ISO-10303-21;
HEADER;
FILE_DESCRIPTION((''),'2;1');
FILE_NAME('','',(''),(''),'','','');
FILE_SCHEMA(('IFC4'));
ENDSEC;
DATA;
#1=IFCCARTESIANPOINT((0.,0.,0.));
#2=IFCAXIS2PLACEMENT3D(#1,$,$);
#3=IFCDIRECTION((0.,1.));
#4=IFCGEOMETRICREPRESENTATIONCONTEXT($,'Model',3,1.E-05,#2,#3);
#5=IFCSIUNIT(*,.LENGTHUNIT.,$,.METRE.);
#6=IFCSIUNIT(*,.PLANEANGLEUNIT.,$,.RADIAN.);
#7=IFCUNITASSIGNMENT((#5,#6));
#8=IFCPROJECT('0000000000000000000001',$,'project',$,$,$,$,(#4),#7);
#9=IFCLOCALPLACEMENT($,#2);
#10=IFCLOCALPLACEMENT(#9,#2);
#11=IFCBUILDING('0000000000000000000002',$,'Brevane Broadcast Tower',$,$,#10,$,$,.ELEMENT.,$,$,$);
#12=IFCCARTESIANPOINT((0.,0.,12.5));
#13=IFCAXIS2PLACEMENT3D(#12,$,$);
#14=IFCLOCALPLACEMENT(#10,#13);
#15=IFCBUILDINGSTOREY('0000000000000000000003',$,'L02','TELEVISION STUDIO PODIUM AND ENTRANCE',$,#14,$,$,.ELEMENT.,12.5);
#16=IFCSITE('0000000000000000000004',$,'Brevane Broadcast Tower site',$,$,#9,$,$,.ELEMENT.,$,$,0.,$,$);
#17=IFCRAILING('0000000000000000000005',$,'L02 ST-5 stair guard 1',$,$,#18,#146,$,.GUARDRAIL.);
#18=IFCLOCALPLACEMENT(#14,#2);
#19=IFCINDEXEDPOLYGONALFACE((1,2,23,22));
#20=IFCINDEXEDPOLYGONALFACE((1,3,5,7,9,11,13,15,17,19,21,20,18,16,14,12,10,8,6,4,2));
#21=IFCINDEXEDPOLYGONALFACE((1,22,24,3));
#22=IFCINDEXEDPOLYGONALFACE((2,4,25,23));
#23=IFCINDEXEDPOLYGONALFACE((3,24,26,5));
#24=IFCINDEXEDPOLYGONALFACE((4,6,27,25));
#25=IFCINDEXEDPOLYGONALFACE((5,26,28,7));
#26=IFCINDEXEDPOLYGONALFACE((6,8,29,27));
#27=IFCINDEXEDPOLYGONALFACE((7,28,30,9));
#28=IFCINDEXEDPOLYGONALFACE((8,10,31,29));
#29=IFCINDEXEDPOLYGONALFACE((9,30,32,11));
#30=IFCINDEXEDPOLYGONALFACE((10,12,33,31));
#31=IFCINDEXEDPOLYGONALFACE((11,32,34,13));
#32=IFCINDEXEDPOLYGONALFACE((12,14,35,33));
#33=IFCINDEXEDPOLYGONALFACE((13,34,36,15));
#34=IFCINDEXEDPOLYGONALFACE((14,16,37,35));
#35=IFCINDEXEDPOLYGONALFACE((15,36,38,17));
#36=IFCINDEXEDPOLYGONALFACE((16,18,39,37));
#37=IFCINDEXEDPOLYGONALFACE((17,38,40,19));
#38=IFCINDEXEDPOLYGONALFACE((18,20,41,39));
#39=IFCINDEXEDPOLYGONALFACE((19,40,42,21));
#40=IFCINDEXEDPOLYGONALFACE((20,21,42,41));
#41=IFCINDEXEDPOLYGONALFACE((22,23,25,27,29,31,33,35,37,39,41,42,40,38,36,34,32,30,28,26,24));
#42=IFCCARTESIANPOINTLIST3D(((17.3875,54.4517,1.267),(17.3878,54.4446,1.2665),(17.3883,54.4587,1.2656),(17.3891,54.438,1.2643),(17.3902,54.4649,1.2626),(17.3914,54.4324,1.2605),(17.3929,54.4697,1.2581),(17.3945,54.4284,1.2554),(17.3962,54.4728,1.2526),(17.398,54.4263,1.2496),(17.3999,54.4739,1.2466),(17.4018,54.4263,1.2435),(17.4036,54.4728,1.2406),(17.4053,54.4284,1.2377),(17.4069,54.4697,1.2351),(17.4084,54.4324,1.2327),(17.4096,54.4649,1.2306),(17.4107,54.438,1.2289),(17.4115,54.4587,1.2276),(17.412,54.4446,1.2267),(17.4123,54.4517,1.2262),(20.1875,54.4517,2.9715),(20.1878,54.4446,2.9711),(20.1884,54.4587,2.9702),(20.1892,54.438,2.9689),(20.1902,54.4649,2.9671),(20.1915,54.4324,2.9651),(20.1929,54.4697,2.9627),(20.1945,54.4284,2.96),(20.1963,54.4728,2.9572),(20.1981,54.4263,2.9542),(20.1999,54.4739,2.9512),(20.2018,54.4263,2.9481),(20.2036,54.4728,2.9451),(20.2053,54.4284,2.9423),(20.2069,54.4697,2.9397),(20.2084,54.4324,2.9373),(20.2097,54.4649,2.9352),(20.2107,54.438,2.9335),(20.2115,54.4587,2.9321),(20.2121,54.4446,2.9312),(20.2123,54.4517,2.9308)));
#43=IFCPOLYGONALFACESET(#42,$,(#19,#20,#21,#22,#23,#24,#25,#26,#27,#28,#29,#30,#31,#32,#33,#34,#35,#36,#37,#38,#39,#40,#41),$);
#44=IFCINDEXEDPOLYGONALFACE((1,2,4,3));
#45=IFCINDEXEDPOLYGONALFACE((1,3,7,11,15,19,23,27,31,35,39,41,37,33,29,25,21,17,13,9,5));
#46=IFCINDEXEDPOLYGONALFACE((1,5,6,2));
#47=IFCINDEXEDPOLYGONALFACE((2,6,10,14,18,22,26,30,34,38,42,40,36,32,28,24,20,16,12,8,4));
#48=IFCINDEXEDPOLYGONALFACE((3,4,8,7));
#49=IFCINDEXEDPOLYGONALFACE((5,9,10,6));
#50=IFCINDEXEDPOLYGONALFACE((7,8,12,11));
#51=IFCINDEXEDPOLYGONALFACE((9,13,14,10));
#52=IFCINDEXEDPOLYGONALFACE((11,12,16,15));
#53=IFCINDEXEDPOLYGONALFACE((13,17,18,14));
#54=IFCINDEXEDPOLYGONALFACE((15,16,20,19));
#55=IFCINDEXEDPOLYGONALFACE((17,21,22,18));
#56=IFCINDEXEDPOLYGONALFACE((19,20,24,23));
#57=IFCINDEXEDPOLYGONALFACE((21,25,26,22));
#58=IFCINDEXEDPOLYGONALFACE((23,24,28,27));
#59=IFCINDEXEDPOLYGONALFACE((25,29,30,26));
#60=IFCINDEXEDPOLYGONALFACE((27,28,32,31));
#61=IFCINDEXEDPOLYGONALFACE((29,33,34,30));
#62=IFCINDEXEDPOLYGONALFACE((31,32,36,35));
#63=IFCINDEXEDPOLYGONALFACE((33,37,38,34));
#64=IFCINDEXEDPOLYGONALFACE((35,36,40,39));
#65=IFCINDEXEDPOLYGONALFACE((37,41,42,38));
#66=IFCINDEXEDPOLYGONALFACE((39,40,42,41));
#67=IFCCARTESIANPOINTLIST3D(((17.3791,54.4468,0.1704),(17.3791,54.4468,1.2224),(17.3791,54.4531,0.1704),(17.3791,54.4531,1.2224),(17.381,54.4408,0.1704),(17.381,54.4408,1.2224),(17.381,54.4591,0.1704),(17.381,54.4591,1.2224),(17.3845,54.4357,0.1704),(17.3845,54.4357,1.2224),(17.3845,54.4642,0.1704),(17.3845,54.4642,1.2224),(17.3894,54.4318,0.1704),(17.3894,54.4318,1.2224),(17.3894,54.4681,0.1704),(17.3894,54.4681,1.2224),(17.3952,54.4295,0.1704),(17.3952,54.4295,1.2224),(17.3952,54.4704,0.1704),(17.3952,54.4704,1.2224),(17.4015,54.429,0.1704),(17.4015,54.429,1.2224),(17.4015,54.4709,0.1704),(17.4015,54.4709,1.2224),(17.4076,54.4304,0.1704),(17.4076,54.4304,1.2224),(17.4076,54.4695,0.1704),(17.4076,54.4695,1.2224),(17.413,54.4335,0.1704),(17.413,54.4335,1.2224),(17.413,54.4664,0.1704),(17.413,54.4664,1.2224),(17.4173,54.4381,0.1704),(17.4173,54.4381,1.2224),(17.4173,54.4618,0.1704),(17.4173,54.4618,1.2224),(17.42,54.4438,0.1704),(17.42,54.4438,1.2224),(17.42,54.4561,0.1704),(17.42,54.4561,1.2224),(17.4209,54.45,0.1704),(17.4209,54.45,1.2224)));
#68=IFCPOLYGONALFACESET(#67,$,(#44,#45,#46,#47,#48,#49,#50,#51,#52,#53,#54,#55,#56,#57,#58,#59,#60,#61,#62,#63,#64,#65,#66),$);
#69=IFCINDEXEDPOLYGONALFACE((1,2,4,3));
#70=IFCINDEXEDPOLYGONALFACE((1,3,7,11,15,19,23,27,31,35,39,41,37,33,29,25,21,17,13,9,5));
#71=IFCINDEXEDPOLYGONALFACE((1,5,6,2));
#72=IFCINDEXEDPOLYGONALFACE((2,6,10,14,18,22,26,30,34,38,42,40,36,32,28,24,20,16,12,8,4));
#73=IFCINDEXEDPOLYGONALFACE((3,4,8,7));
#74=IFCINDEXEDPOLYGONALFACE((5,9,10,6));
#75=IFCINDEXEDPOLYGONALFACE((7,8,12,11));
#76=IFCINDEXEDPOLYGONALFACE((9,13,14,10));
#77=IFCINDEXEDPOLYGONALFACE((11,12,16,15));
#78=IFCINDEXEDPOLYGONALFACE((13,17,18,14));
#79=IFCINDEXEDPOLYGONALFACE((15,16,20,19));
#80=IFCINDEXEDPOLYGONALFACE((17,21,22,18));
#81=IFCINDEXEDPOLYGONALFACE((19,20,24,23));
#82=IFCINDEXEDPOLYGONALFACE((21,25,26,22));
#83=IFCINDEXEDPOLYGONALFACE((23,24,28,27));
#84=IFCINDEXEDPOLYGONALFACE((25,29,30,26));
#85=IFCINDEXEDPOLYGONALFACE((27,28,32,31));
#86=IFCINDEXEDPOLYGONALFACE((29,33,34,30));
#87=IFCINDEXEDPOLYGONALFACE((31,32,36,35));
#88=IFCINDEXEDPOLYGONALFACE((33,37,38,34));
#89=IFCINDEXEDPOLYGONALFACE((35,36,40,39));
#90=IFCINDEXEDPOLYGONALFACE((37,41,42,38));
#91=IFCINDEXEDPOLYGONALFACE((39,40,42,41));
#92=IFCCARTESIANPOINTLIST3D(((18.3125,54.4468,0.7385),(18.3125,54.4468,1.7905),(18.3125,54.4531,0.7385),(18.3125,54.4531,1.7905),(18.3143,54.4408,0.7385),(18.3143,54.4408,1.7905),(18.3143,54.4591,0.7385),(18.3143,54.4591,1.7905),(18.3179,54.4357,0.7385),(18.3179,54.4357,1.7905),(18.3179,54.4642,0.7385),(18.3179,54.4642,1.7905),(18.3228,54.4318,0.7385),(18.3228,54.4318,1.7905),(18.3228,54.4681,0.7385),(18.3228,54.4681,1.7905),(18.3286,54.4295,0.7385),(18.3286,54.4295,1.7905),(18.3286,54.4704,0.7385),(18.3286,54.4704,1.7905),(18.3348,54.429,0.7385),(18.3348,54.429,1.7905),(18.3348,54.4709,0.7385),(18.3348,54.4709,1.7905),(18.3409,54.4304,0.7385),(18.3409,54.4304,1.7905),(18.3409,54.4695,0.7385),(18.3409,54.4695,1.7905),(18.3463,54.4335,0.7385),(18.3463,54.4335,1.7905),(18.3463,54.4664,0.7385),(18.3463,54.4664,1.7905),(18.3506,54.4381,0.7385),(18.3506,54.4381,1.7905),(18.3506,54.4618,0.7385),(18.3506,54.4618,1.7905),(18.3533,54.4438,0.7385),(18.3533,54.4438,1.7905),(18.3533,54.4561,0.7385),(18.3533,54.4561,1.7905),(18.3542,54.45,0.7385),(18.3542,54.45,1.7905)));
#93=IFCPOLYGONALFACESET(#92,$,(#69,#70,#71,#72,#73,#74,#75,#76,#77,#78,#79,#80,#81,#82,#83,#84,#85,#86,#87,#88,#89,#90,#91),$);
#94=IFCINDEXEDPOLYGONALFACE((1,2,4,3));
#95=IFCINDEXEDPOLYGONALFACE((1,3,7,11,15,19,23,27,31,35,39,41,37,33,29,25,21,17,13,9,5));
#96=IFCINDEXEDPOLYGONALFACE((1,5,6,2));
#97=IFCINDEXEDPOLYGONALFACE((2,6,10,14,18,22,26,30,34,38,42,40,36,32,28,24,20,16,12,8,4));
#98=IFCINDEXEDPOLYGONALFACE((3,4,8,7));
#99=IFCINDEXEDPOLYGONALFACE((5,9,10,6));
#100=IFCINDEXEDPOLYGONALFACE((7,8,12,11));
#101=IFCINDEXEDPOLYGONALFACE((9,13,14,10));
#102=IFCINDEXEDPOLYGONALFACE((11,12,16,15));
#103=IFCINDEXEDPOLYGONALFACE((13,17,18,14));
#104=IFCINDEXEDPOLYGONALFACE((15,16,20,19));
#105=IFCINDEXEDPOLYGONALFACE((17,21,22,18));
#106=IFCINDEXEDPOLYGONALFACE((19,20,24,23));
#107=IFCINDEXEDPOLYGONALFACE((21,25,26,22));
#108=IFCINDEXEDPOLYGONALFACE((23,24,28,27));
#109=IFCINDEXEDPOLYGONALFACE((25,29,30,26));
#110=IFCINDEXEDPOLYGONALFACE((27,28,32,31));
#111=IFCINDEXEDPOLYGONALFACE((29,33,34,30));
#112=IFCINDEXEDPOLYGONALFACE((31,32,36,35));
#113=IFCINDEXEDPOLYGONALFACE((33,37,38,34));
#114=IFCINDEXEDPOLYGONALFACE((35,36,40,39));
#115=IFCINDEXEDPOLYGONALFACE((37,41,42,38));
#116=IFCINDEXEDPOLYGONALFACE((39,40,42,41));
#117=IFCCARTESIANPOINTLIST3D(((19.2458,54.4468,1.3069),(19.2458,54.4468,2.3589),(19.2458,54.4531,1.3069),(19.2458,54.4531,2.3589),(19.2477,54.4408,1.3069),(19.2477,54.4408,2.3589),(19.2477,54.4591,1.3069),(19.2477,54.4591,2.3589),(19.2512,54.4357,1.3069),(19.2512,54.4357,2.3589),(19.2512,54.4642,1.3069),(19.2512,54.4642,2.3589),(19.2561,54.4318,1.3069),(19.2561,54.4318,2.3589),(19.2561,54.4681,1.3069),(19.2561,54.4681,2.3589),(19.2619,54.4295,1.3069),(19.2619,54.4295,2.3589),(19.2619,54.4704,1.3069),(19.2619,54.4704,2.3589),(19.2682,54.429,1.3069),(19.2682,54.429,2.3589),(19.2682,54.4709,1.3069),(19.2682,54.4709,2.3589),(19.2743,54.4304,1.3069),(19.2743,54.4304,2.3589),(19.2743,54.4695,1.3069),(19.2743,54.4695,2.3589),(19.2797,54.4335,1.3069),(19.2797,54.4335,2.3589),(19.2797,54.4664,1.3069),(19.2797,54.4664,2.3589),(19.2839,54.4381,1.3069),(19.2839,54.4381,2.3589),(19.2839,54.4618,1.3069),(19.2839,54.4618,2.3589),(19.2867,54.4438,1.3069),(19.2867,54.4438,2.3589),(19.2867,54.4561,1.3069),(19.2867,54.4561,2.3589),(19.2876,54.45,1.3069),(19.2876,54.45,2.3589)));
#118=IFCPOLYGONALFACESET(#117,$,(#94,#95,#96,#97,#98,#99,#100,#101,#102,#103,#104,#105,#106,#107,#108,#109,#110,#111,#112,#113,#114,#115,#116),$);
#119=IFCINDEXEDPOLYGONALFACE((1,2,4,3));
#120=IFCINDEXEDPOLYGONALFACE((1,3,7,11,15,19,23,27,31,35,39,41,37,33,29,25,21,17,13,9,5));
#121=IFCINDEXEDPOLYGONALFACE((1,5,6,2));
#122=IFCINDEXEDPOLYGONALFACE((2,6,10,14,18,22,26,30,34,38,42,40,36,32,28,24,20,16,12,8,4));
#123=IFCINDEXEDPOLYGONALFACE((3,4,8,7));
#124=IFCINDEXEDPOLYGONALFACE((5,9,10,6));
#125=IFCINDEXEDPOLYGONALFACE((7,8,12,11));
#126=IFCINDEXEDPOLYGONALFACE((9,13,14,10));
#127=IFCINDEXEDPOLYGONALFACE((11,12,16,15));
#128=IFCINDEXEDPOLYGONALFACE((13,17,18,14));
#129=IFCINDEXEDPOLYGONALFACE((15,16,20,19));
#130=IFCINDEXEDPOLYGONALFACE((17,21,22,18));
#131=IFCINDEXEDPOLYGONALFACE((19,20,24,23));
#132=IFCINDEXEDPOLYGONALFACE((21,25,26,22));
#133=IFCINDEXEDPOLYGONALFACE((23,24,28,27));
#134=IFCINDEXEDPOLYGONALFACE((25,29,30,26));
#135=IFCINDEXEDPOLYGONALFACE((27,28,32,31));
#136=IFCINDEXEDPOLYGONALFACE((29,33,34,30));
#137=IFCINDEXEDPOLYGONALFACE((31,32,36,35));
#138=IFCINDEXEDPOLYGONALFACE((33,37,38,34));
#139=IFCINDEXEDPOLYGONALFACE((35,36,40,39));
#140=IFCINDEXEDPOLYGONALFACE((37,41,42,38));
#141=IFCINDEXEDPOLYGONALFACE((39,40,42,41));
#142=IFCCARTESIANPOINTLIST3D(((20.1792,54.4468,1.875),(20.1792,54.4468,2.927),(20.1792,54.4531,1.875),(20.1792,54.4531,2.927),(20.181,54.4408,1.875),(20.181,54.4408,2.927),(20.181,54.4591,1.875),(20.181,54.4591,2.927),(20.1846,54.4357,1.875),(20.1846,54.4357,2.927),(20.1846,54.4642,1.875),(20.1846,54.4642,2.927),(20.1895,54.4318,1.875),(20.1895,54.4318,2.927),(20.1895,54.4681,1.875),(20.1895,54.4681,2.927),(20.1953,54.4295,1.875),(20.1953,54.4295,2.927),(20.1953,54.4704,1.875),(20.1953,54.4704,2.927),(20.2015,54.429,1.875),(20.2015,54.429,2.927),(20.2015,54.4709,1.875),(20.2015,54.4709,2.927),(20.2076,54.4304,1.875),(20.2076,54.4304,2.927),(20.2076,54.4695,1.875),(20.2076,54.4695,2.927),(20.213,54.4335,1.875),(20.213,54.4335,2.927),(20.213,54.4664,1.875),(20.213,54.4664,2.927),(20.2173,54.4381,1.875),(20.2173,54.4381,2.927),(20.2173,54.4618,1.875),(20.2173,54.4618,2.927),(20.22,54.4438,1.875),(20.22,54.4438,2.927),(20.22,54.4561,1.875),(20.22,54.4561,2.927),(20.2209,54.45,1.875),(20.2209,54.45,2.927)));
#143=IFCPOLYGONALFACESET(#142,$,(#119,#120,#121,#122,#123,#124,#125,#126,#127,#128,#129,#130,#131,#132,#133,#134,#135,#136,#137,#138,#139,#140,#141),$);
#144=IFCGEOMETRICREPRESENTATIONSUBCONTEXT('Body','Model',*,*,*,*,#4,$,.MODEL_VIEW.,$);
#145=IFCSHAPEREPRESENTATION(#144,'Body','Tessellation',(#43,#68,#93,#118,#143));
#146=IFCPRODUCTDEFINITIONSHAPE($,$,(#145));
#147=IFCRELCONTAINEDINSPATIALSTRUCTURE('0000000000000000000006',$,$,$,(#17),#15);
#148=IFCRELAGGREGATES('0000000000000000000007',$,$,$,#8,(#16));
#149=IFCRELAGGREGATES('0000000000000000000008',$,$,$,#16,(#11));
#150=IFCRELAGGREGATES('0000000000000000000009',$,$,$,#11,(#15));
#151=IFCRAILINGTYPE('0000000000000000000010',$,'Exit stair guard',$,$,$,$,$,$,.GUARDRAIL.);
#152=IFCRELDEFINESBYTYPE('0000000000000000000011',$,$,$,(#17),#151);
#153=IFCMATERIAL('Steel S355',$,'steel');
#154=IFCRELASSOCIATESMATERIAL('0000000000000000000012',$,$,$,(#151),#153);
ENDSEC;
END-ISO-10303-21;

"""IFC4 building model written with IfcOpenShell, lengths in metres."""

from ifc_helpers import new_model, si_unit, direction, frame, origin, origin_2d, place, context, subcontext, project, spatial, circle, extrude, material, type_object, element, save


model = new_model("IFC4")

# Units and contexts
model_context = context("Model", 3, precision=1e-05, world=origin(), true_north=direction((0.0, 1.0)))
body_context = subcontext(model_context, "Body", "Model", "MODEL_VIEW")
ifc_project = project(units=[si_unit("LENGTHUNIT", "METRE"), si_unit("PLANEANGLEUNIT", "RADIAN")], contexts=[model_context])

# Site, building, storey
site_placement = place(None, origin())
site = spatial("IfcSite", under=ifc_project, at=site_placement, Name="Brevane Broadcast Tower site", CompositionType="ELEMENT", RefElevation=0.0)
building_placement = place(site_placement, origin())
building = spatial("IfcBuilding", under=site, at=building_placement, Name="Brevane Broadcast Tower", CompositionType="ELEMENT")
storey_placement = place(building_placement, frame((0.0, 0.0, 12.5)))
storey = spatial("IfcBuildingStorey", under=building, at=storey_placement, Name="L02", Description="TELEVISION STUDIO PODIUM AND ENTRANCE", CompositionType="ELEMENT", Elevation=12.5)

# Railing
ifc_material_1 = material(Name="Steel S355", Category="steel")
railing_type_1 = type_object("IfcRailingType", Name="Exit stair guard", PredefinedType="GUARDRAIL", material=ifc_material_1)
railing_1_placement = place(storey_placement, frame((17.3999, 54.45, 0.1704)))
element("IfcRailing", 1, at=railing_1_placement, inside=storey, type_object=railing_type_1, Name="L02 ST-5 stair guard 1", PredefinedType="GUARDRAIL", context=body_context, shape_type="SweptSolid", body=[
    extrude(circle(Radius=0.0239, at=origin_2d()), frame((0.0, 0.0, 1.0762), z_axis=(0.85417, 0.0, 0.519994), x_axis=(0.0, 1.0, 0.0)), (0.0, 0.0, 1.0), 3.2781),
    extrude(circle(Radius=0.021, at=origin_2d()), origin(), (0.0, 0.0, 1.0), 1.052),
    extrude(circle(Radius=0.021, at=origin_2d()), frame((0.9333, 0.0, 0.5681)), (0.0, 0.0, 1.0), 1.052),
    extrude(circle(Radius=0.021, at=origin_2d()), frame((1.8667, 0.0, 1.1365)), (0.0, 0.0, 1.0), 1.052),
    extrude(circle(Radius=0.021, at=origin_2d()), frame((2.8, 0.0, 1.7046)), (0.0, 0.0, 1.0), 1.052),
])

save(model, "model.ifc")
